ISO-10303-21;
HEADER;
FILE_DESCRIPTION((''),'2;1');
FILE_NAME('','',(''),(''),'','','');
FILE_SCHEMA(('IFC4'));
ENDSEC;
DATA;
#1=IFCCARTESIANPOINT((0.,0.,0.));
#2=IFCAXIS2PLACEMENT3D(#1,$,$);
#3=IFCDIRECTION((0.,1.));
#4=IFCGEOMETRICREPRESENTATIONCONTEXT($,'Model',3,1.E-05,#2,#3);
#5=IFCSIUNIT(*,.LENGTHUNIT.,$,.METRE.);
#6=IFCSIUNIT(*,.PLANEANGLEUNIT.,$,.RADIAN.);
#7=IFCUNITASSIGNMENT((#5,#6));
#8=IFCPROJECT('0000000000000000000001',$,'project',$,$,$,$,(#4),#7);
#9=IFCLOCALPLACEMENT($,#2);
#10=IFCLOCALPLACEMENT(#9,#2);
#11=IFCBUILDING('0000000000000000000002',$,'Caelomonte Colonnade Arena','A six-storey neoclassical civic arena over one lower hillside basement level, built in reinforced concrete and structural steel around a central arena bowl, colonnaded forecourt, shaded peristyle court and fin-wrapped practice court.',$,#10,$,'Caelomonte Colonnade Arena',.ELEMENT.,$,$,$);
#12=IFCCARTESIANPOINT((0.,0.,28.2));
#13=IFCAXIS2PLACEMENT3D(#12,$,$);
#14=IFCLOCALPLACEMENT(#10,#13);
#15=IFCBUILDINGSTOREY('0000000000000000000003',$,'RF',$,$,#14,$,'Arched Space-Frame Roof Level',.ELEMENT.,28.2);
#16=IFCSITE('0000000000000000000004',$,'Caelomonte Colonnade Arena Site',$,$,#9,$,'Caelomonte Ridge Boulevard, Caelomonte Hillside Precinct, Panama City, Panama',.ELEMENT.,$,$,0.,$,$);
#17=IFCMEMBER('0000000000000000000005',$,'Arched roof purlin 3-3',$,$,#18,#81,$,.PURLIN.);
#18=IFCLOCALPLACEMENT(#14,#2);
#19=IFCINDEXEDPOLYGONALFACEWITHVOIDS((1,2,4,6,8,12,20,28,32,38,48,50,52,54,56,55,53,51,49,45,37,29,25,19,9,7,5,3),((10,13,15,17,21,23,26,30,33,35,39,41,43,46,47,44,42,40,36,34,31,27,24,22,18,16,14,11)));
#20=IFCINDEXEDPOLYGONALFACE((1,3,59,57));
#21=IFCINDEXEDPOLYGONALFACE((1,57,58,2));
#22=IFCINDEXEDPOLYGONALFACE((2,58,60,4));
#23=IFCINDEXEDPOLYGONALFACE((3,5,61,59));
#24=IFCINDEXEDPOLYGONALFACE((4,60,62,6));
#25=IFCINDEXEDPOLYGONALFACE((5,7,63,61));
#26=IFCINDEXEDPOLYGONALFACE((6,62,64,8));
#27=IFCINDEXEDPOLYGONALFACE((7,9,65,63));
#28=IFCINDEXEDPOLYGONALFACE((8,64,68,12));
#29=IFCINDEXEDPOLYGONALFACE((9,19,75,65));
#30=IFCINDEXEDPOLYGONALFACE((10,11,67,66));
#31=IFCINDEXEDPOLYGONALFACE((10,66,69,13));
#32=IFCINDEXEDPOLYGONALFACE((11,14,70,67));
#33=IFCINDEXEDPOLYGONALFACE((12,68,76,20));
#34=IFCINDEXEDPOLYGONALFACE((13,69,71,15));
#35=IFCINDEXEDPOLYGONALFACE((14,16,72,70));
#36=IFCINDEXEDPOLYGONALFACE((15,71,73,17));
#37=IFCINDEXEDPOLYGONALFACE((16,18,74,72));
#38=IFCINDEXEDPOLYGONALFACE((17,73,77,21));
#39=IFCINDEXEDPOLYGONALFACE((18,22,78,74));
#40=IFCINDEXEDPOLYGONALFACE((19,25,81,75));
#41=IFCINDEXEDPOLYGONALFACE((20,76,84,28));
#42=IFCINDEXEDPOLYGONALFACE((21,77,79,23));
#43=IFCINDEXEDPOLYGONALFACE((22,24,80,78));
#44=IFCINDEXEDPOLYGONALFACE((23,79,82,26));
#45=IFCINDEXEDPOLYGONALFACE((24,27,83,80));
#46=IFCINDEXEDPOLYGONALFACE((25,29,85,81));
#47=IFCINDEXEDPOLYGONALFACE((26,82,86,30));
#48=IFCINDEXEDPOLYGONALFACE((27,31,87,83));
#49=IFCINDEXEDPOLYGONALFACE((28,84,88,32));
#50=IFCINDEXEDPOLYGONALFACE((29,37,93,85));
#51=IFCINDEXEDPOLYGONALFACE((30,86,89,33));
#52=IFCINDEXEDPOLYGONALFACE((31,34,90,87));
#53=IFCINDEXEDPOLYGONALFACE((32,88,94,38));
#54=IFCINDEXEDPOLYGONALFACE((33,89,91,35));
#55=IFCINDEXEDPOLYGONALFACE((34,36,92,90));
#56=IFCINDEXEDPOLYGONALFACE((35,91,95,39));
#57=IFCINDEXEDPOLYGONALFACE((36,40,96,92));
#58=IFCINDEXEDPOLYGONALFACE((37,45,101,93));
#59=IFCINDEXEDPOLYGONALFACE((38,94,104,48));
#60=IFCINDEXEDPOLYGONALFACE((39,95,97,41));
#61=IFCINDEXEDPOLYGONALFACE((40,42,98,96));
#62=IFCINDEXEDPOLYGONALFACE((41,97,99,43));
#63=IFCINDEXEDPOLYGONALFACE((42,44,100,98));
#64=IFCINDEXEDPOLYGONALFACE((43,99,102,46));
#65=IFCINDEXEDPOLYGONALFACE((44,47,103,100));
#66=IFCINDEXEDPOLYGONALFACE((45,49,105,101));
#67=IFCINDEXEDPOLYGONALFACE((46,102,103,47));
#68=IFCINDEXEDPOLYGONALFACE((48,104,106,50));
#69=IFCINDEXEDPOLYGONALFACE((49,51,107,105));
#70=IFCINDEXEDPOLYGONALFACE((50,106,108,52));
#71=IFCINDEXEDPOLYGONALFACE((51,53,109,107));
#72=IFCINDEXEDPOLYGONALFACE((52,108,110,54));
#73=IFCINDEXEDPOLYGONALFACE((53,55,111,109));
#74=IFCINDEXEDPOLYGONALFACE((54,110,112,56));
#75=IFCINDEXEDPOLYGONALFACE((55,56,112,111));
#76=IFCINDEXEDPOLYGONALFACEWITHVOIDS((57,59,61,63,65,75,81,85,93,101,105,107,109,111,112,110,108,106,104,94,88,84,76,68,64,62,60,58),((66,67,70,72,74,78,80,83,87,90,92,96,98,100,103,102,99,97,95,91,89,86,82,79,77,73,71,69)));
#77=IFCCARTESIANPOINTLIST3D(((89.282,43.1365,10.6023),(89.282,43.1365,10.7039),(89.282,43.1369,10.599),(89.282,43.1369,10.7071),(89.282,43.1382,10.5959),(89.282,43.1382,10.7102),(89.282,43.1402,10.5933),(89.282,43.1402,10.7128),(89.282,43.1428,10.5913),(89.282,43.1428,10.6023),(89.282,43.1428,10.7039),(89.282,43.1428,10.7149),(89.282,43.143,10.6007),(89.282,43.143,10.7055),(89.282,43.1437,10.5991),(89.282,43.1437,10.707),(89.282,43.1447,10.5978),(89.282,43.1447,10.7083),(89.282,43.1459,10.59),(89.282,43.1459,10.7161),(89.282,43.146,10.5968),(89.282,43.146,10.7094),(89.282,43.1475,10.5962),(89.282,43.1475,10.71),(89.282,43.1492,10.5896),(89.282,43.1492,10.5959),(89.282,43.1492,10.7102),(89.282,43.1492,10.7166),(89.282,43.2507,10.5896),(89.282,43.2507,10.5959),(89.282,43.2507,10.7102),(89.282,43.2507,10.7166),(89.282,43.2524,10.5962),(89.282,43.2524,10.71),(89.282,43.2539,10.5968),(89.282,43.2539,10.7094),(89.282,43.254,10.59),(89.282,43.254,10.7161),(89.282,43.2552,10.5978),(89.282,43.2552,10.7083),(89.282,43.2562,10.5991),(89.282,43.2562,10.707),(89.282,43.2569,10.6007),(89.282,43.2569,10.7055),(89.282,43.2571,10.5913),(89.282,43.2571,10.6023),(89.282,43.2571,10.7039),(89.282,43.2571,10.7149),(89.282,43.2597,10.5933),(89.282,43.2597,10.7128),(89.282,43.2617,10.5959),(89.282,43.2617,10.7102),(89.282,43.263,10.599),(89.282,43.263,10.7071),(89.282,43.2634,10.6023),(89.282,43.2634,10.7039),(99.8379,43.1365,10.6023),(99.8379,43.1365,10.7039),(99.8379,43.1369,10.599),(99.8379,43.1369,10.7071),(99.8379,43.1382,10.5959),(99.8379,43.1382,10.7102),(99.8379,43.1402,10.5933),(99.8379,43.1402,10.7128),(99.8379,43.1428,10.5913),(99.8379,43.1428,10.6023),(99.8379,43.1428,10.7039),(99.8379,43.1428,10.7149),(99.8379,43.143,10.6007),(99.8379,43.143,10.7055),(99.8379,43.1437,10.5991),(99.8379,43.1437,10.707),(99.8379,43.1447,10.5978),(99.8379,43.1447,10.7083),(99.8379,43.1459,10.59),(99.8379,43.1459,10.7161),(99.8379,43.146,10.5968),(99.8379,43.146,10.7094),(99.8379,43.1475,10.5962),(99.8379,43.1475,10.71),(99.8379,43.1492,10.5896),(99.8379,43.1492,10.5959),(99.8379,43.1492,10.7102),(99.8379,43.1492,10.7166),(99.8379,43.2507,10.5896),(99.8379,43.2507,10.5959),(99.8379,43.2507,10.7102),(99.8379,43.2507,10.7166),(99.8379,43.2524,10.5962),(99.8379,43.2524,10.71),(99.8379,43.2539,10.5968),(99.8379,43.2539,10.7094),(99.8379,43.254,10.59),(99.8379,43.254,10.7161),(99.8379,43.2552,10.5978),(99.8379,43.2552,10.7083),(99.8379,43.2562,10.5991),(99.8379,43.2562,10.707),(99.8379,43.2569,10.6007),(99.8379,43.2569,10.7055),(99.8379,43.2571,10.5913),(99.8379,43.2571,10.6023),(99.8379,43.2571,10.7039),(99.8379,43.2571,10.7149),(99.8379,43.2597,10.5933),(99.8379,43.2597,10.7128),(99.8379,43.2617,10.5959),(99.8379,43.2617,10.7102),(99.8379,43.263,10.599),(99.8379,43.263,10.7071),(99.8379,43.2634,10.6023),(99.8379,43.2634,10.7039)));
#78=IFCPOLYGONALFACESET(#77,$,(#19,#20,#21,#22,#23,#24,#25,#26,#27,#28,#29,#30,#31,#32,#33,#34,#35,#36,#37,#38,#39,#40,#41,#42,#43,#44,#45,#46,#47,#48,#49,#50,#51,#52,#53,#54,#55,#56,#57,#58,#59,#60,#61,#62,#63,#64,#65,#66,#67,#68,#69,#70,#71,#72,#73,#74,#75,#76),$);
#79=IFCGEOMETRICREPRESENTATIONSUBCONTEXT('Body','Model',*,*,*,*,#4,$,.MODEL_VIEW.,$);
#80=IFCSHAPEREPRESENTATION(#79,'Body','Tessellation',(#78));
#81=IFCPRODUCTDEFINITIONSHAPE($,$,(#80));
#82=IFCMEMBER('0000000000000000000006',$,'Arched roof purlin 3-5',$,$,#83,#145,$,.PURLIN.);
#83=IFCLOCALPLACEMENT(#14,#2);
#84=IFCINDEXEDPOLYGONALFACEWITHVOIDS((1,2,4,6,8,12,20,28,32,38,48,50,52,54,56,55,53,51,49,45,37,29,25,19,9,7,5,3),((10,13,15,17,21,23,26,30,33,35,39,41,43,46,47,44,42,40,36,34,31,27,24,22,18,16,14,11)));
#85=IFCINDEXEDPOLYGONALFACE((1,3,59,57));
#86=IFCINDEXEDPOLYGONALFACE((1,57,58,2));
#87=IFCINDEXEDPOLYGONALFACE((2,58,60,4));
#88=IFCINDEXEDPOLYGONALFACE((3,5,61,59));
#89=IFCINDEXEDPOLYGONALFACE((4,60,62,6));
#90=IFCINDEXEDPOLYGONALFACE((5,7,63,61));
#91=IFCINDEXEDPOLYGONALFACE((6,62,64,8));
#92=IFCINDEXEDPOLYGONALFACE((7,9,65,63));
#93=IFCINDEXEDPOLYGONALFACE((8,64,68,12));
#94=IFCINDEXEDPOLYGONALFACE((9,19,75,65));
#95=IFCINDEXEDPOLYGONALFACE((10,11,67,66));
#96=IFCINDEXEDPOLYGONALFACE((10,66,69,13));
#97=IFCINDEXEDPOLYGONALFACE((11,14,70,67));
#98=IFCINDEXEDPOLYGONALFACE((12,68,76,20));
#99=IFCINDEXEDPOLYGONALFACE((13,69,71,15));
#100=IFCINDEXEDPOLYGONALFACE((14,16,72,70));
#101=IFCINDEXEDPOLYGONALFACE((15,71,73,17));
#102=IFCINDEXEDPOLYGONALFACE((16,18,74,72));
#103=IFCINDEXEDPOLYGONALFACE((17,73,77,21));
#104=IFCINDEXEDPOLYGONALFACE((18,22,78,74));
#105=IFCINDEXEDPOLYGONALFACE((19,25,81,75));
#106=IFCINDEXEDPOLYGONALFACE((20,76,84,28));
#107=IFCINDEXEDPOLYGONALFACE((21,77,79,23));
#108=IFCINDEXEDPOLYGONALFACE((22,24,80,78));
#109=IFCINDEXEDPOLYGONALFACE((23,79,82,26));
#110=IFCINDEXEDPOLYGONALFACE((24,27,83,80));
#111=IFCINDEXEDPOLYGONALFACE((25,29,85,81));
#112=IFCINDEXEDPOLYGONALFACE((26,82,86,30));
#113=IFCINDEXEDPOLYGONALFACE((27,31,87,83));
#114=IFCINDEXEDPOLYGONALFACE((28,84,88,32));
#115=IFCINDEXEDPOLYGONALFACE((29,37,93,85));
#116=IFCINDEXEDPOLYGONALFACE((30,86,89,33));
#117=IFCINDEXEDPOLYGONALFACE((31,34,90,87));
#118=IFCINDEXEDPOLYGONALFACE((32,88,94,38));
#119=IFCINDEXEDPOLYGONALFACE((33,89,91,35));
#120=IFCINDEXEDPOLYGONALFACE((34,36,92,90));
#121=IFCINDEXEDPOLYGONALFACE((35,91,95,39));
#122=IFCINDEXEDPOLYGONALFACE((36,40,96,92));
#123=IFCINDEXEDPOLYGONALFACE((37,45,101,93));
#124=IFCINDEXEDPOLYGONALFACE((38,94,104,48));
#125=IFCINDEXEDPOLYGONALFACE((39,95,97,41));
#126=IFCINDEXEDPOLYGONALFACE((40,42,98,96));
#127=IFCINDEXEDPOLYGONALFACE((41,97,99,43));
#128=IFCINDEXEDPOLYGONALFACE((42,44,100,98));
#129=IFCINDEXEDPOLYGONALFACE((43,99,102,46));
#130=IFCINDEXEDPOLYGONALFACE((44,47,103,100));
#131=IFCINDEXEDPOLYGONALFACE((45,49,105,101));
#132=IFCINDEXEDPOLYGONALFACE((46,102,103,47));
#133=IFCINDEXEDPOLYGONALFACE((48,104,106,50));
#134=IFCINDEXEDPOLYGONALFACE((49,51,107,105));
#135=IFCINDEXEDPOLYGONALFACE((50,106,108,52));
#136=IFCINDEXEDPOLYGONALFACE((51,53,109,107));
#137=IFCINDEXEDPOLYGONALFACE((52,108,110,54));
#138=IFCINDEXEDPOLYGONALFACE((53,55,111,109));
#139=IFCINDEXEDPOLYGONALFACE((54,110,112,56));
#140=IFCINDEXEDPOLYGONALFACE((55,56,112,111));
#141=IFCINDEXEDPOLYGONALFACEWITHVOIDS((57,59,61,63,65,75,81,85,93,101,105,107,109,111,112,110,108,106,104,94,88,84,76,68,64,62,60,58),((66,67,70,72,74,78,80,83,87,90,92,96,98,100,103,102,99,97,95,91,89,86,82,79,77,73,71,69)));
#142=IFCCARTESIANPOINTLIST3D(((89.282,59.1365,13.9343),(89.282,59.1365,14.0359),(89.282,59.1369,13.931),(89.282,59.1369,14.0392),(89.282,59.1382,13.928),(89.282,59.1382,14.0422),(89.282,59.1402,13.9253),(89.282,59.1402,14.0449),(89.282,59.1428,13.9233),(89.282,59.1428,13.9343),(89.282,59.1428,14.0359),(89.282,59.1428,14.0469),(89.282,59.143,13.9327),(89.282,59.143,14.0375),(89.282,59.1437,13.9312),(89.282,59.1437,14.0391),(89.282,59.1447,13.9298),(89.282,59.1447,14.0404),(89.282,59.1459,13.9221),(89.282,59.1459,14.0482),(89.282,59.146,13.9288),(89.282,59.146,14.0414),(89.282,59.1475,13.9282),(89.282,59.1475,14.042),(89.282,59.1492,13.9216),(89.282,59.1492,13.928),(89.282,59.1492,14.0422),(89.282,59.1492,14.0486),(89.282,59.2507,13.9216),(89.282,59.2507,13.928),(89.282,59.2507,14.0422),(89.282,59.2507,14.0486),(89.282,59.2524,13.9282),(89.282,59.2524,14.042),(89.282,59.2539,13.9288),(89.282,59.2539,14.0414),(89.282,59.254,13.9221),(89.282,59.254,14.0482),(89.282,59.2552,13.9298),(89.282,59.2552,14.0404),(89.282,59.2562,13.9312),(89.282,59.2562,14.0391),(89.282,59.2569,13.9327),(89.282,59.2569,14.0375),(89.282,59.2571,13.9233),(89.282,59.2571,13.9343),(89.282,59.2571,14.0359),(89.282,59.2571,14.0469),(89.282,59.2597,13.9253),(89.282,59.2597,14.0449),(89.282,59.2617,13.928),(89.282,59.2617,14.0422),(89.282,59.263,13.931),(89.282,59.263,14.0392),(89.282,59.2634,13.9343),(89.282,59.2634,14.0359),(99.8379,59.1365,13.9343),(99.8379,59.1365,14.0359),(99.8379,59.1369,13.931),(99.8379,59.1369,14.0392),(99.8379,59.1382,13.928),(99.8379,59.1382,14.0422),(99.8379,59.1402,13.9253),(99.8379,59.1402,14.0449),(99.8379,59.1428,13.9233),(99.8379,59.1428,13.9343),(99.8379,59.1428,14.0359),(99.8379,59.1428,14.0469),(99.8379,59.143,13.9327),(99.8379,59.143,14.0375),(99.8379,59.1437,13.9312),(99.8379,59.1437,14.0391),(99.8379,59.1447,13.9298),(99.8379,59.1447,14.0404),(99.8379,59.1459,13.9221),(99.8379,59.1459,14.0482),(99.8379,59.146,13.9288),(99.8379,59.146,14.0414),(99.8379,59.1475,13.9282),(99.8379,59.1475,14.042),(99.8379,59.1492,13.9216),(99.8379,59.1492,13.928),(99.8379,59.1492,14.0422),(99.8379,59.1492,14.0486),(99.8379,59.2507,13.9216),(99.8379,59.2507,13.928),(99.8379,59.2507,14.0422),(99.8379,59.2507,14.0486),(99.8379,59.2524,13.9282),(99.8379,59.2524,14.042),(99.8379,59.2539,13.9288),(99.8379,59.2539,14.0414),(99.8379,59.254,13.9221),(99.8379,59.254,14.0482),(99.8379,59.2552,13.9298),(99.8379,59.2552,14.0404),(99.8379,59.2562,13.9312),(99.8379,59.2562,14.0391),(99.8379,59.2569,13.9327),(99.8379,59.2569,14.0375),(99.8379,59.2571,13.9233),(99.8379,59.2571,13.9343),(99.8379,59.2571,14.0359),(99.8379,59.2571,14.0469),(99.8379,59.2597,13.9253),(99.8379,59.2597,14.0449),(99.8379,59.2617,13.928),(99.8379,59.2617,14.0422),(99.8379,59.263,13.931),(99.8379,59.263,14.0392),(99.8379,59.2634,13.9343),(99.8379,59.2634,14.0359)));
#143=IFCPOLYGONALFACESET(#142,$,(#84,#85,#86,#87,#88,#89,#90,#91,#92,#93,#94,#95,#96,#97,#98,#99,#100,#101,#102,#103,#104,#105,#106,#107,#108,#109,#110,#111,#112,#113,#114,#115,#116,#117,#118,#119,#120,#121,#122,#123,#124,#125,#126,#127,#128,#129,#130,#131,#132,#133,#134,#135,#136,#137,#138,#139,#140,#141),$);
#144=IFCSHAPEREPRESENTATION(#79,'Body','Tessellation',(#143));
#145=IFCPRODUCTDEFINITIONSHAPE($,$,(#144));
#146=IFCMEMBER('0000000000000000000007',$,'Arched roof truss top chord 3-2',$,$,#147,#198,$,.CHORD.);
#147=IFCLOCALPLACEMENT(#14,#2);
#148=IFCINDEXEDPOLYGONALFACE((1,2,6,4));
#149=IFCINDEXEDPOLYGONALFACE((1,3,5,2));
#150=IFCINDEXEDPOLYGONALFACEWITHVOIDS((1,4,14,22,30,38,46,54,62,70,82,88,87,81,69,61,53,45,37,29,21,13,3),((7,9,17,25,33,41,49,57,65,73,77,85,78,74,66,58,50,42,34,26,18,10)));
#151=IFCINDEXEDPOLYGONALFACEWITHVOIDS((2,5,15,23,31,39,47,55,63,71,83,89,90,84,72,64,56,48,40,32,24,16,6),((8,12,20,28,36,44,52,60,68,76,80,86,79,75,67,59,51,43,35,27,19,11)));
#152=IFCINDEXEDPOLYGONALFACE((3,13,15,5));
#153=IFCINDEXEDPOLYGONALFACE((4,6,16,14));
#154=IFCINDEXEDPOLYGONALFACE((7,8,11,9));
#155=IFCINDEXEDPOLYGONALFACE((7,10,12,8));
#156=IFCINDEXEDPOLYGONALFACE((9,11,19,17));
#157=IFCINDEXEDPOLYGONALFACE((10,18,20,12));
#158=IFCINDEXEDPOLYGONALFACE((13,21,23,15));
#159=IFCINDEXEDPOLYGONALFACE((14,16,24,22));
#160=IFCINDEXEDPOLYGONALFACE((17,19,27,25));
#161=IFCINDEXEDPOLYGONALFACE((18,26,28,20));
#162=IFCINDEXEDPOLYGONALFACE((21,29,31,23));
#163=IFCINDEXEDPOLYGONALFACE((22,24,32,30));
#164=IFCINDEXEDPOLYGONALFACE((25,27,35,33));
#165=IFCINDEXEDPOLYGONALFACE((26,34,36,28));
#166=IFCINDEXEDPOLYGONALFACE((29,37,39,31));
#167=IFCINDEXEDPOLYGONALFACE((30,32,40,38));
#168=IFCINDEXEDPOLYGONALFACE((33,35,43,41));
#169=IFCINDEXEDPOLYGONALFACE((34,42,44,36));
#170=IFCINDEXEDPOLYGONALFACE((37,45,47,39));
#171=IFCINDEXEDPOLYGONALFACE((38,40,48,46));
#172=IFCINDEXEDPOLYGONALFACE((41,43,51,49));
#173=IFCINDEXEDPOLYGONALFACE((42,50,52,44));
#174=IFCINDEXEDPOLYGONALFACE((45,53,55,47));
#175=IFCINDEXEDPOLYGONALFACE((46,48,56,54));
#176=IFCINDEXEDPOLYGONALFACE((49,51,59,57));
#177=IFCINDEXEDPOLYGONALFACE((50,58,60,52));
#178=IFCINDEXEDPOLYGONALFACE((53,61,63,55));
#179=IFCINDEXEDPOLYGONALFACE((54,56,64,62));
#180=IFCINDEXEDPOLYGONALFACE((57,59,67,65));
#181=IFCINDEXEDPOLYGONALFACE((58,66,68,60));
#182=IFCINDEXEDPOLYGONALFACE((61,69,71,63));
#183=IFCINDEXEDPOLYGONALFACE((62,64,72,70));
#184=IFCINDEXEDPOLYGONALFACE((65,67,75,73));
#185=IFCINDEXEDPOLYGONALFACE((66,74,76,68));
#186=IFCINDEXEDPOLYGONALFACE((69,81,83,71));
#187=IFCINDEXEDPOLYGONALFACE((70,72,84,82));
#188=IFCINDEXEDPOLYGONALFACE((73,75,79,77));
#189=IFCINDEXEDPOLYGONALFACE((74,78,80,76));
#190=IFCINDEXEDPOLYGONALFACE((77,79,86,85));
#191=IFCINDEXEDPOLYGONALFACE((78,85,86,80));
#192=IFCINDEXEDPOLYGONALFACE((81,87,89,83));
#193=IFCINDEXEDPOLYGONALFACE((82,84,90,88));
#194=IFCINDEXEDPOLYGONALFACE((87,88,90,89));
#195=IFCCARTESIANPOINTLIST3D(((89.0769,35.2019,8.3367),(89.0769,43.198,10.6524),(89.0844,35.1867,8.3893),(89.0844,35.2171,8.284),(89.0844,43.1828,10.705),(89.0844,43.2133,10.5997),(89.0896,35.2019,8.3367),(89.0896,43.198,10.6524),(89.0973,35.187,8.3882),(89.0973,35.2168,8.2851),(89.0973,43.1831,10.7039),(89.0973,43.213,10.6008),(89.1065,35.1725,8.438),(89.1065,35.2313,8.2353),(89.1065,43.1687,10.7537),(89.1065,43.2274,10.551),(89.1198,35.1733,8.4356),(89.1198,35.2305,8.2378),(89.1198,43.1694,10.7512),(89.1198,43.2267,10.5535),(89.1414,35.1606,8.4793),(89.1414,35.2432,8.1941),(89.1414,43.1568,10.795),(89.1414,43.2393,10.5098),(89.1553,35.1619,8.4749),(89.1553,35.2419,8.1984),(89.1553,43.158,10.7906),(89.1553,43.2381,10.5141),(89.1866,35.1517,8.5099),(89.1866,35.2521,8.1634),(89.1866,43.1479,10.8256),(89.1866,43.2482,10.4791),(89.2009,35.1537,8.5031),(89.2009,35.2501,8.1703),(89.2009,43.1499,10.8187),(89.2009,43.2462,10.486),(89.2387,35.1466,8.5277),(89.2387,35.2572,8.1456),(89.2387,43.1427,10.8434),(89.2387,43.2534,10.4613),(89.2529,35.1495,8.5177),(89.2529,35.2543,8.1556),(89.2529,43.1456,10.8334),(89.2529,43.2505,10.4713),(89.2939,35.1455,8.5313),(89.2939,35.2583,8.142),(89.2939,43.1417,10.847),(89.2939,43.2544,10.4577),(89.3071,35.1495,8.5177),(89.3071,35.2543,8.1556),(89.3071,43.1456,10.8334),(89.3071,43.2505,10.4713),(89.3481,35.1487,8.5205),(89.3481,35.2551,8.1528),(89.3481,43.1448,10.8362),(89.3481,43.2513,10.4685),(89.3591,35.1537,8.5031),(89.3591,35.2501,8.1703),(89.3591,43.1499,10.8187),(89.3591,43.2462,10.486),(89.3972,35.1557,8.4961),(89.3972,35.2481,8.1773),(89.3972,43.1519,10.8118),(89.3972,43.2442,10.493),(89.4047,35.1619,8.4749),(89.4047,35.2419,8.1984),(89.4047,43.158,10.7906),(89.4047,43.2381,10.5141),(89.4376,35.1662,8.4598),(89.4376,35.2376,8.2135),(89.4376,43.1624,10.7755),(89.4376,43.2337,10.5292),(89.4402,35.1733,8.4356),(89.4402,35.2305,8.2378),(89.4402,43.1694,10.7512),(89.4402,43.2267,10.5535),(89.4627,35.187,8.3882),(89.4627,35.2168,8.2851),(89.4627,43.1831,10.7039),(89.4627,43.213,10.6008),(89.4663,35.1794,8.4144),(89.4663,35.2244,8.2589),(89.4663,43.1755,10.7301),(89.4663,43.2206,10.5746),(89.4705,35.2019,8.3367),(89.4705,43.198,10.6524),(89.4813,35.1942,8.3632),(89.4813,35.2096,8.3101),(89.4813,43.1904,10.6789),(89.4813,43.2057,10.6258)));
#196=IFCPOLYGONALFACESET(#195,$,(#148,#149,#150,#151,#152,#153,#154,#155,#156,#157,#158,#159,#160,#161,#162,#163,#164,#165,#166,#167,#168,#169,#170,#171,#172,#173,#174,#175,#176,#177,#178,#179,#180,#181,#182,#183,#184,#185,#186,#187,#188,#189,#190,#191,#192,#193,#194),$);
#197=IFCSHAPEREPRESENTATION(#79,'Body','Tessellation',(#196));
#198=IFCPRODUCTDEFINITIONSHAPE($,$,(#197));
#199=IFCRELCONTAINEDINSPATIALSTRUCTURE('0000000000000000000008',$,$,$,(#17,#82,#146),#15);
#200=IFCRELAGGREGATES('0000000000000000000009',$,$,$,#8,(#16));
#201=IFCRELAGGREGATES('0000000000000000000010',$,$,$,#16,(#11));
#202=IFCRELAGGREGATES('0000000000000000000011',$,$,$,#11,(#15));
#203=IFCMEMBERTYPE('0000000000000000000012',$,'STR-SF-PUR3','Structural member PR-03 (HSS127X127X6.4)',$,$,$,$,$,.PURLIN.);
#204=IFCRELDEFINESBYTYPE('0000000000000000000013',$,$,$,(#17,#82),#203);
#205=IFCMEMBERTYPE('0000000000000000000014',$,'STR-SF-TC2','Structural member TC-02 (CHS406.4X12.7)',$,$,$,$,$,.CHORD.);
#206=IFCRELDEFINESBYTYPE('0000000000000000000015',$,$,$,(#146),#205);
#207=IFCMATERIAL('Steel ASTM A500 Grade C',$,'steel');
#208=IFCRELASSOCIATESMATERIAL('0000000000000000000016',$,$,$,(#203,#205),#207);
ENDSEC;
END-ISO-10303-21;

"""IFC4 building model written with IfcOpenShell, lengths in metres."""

from ifc_helpers import new_model, si_unit, direction, frame, origin, origin_2d, place, context, subcontext, project, spatial, hollow_rectangle, hollow_circle, extrude, material, material_profile, profile_set, type_object, element, save


model = new_model("IFC4")

# Units and contexts
model_context = context("Model", 3, precision=1e-05, world=origin(), true_north=direction((0.0, 1.0)))
body_context = subcontext(model_context, "Body", "Model", "MODEL_VIEW")
ifc_project = project(units=[si_unit("LENGTHUNIT", "METRE"), si_unit("PLANEANGLEUNIT", "RADIAN")], contexts=[model_context])

# Site, building, storey
site_placement = place(None, origin())
site = spatial("IfcSite", under=ifc_project, at=site_placement, Name="Caelomonte Colonnade Arena Site", LongName="Caelomonte Ridge Boulevard, Caelomonte Hillside Precinct, Panama City, Panama", CompositionType="ELEMENT", RefElevation=0.0)
building_placement = place(site_placement, origin())
building = spatial("IfcBuilding", under=site, at=building_placement, Name="Caelomonte Colonnade Arena", Description="A six-storey neoclassical civic arena over one lower hillside basement level, built in reinforced concrete and structural steel around a central arena bowl, colonnaded forecourt, shaded peristyle court and fin-wrapped practice court.", LongName="Caelomonte Colonnade Arena", CompositionType="ELEMENT")
storey_placement = place(building_placement, frame((0.0, 0.0, 28.2)))
storey = spatial("IfcBuildingStorey", under=building, at=storey_placement, Name="RF", LongName="Arched Space-Frame Roof Level", CompositionType="ELEMENT", Elevation=28.2)

# Members
ifc_material_1 = material(Name="Steel ASTM A500 Grade C", Category="steel")
ifc_material_profile_1 = material_profile(ifc_material_1, hollow_rectangle(XDim=0.127, YDim=0.127, WallThickness=0.0063, InnerFilletRadius=0.0063, OuterFilletRadius=0.0127, at=origin_2d()), Name="HSS127X127X6.4")
ifc_profile_set_1 = profile_set([ifc_material_profile_1], Name="Steel ASTM A500 Grade C")
member_type_1 = type_object("IfcMemberType", Name="STR-SF-PUR3", Description="Structural member PR-03 (HSS127X127X6.4)", PredefinedType="PURLIN", material=ifc_profile_set_1)
for number, where, z_axis, x_axis, name in (
    (1, (89.282, 43.2, 10.6531), (1.0, 0.0, 0.0), (0.0, 1.0, 0.0), "Arched roof purlin 3-3"),
    (2, (89.282, 59.2, 13.9851), (1.0, 0.0, 0.0), (0.0, 1.0, 0.0), "Arched roof purlin 3-5"),
):
    element("IfcMember", number, at=place(storey_placement, frame(where, z_axis=z_axis, x_axis=x_axis)), inside=storey, type_object=member_type_1, Name=name, PredefinedType="PURLIN", context=body_context, shape_type="SweptSolid", body=[
        extrude(hollow_rectangle(XDim=0.127, YDim=0.127, WallThickness=0.0063, InnerFilletRadius=0.0063, OuterFilletRadius=0.0127, at=origin_2d()), origin(), (0.0, 0.0, 1.0), 10.5559),
    ])
ifc_material_profile_2 = material_profile(ifc_material_1, hollow_circle(Radius=0.2031, WallThickness=0.0127, at=origin_2d()), Name="CHS406.4X12.7")
ifc_profile_set_2 = profile_set([ifc_material_profile_2], Name="Steel ASTM A500 Grade C")
member_type_2 = type_object("IfcMemberType", Name="STR-SF-TC2", Description="Structural member TC-02 (CHS406.4X12.7)", PredefinedType="CHORD", material=ifc_profile_set_2)
member_1_placement = place(storey_placement, frame((89.28, 35.2019, 8.3367), z_axis=(0.0, 0.960532, 0.278171), x_axis=(-1.0, 0.0, 0.0)))
element("IfcMember", 3, at=member_1_placement, inside=storey, type_object=member_type_2, Name="Arched roof truss top chord 3-2", PredefinedType="CHORD", context=body_context, shape_type="SweptSolid", body=[
    extrude(hollow_circle(Radius=0.2031, WallThickness=0.0127, at=origin_2d()), origin(), (0.0, 0.0, 1.0), 8.3247),
])

save(model, "model.ifc")
